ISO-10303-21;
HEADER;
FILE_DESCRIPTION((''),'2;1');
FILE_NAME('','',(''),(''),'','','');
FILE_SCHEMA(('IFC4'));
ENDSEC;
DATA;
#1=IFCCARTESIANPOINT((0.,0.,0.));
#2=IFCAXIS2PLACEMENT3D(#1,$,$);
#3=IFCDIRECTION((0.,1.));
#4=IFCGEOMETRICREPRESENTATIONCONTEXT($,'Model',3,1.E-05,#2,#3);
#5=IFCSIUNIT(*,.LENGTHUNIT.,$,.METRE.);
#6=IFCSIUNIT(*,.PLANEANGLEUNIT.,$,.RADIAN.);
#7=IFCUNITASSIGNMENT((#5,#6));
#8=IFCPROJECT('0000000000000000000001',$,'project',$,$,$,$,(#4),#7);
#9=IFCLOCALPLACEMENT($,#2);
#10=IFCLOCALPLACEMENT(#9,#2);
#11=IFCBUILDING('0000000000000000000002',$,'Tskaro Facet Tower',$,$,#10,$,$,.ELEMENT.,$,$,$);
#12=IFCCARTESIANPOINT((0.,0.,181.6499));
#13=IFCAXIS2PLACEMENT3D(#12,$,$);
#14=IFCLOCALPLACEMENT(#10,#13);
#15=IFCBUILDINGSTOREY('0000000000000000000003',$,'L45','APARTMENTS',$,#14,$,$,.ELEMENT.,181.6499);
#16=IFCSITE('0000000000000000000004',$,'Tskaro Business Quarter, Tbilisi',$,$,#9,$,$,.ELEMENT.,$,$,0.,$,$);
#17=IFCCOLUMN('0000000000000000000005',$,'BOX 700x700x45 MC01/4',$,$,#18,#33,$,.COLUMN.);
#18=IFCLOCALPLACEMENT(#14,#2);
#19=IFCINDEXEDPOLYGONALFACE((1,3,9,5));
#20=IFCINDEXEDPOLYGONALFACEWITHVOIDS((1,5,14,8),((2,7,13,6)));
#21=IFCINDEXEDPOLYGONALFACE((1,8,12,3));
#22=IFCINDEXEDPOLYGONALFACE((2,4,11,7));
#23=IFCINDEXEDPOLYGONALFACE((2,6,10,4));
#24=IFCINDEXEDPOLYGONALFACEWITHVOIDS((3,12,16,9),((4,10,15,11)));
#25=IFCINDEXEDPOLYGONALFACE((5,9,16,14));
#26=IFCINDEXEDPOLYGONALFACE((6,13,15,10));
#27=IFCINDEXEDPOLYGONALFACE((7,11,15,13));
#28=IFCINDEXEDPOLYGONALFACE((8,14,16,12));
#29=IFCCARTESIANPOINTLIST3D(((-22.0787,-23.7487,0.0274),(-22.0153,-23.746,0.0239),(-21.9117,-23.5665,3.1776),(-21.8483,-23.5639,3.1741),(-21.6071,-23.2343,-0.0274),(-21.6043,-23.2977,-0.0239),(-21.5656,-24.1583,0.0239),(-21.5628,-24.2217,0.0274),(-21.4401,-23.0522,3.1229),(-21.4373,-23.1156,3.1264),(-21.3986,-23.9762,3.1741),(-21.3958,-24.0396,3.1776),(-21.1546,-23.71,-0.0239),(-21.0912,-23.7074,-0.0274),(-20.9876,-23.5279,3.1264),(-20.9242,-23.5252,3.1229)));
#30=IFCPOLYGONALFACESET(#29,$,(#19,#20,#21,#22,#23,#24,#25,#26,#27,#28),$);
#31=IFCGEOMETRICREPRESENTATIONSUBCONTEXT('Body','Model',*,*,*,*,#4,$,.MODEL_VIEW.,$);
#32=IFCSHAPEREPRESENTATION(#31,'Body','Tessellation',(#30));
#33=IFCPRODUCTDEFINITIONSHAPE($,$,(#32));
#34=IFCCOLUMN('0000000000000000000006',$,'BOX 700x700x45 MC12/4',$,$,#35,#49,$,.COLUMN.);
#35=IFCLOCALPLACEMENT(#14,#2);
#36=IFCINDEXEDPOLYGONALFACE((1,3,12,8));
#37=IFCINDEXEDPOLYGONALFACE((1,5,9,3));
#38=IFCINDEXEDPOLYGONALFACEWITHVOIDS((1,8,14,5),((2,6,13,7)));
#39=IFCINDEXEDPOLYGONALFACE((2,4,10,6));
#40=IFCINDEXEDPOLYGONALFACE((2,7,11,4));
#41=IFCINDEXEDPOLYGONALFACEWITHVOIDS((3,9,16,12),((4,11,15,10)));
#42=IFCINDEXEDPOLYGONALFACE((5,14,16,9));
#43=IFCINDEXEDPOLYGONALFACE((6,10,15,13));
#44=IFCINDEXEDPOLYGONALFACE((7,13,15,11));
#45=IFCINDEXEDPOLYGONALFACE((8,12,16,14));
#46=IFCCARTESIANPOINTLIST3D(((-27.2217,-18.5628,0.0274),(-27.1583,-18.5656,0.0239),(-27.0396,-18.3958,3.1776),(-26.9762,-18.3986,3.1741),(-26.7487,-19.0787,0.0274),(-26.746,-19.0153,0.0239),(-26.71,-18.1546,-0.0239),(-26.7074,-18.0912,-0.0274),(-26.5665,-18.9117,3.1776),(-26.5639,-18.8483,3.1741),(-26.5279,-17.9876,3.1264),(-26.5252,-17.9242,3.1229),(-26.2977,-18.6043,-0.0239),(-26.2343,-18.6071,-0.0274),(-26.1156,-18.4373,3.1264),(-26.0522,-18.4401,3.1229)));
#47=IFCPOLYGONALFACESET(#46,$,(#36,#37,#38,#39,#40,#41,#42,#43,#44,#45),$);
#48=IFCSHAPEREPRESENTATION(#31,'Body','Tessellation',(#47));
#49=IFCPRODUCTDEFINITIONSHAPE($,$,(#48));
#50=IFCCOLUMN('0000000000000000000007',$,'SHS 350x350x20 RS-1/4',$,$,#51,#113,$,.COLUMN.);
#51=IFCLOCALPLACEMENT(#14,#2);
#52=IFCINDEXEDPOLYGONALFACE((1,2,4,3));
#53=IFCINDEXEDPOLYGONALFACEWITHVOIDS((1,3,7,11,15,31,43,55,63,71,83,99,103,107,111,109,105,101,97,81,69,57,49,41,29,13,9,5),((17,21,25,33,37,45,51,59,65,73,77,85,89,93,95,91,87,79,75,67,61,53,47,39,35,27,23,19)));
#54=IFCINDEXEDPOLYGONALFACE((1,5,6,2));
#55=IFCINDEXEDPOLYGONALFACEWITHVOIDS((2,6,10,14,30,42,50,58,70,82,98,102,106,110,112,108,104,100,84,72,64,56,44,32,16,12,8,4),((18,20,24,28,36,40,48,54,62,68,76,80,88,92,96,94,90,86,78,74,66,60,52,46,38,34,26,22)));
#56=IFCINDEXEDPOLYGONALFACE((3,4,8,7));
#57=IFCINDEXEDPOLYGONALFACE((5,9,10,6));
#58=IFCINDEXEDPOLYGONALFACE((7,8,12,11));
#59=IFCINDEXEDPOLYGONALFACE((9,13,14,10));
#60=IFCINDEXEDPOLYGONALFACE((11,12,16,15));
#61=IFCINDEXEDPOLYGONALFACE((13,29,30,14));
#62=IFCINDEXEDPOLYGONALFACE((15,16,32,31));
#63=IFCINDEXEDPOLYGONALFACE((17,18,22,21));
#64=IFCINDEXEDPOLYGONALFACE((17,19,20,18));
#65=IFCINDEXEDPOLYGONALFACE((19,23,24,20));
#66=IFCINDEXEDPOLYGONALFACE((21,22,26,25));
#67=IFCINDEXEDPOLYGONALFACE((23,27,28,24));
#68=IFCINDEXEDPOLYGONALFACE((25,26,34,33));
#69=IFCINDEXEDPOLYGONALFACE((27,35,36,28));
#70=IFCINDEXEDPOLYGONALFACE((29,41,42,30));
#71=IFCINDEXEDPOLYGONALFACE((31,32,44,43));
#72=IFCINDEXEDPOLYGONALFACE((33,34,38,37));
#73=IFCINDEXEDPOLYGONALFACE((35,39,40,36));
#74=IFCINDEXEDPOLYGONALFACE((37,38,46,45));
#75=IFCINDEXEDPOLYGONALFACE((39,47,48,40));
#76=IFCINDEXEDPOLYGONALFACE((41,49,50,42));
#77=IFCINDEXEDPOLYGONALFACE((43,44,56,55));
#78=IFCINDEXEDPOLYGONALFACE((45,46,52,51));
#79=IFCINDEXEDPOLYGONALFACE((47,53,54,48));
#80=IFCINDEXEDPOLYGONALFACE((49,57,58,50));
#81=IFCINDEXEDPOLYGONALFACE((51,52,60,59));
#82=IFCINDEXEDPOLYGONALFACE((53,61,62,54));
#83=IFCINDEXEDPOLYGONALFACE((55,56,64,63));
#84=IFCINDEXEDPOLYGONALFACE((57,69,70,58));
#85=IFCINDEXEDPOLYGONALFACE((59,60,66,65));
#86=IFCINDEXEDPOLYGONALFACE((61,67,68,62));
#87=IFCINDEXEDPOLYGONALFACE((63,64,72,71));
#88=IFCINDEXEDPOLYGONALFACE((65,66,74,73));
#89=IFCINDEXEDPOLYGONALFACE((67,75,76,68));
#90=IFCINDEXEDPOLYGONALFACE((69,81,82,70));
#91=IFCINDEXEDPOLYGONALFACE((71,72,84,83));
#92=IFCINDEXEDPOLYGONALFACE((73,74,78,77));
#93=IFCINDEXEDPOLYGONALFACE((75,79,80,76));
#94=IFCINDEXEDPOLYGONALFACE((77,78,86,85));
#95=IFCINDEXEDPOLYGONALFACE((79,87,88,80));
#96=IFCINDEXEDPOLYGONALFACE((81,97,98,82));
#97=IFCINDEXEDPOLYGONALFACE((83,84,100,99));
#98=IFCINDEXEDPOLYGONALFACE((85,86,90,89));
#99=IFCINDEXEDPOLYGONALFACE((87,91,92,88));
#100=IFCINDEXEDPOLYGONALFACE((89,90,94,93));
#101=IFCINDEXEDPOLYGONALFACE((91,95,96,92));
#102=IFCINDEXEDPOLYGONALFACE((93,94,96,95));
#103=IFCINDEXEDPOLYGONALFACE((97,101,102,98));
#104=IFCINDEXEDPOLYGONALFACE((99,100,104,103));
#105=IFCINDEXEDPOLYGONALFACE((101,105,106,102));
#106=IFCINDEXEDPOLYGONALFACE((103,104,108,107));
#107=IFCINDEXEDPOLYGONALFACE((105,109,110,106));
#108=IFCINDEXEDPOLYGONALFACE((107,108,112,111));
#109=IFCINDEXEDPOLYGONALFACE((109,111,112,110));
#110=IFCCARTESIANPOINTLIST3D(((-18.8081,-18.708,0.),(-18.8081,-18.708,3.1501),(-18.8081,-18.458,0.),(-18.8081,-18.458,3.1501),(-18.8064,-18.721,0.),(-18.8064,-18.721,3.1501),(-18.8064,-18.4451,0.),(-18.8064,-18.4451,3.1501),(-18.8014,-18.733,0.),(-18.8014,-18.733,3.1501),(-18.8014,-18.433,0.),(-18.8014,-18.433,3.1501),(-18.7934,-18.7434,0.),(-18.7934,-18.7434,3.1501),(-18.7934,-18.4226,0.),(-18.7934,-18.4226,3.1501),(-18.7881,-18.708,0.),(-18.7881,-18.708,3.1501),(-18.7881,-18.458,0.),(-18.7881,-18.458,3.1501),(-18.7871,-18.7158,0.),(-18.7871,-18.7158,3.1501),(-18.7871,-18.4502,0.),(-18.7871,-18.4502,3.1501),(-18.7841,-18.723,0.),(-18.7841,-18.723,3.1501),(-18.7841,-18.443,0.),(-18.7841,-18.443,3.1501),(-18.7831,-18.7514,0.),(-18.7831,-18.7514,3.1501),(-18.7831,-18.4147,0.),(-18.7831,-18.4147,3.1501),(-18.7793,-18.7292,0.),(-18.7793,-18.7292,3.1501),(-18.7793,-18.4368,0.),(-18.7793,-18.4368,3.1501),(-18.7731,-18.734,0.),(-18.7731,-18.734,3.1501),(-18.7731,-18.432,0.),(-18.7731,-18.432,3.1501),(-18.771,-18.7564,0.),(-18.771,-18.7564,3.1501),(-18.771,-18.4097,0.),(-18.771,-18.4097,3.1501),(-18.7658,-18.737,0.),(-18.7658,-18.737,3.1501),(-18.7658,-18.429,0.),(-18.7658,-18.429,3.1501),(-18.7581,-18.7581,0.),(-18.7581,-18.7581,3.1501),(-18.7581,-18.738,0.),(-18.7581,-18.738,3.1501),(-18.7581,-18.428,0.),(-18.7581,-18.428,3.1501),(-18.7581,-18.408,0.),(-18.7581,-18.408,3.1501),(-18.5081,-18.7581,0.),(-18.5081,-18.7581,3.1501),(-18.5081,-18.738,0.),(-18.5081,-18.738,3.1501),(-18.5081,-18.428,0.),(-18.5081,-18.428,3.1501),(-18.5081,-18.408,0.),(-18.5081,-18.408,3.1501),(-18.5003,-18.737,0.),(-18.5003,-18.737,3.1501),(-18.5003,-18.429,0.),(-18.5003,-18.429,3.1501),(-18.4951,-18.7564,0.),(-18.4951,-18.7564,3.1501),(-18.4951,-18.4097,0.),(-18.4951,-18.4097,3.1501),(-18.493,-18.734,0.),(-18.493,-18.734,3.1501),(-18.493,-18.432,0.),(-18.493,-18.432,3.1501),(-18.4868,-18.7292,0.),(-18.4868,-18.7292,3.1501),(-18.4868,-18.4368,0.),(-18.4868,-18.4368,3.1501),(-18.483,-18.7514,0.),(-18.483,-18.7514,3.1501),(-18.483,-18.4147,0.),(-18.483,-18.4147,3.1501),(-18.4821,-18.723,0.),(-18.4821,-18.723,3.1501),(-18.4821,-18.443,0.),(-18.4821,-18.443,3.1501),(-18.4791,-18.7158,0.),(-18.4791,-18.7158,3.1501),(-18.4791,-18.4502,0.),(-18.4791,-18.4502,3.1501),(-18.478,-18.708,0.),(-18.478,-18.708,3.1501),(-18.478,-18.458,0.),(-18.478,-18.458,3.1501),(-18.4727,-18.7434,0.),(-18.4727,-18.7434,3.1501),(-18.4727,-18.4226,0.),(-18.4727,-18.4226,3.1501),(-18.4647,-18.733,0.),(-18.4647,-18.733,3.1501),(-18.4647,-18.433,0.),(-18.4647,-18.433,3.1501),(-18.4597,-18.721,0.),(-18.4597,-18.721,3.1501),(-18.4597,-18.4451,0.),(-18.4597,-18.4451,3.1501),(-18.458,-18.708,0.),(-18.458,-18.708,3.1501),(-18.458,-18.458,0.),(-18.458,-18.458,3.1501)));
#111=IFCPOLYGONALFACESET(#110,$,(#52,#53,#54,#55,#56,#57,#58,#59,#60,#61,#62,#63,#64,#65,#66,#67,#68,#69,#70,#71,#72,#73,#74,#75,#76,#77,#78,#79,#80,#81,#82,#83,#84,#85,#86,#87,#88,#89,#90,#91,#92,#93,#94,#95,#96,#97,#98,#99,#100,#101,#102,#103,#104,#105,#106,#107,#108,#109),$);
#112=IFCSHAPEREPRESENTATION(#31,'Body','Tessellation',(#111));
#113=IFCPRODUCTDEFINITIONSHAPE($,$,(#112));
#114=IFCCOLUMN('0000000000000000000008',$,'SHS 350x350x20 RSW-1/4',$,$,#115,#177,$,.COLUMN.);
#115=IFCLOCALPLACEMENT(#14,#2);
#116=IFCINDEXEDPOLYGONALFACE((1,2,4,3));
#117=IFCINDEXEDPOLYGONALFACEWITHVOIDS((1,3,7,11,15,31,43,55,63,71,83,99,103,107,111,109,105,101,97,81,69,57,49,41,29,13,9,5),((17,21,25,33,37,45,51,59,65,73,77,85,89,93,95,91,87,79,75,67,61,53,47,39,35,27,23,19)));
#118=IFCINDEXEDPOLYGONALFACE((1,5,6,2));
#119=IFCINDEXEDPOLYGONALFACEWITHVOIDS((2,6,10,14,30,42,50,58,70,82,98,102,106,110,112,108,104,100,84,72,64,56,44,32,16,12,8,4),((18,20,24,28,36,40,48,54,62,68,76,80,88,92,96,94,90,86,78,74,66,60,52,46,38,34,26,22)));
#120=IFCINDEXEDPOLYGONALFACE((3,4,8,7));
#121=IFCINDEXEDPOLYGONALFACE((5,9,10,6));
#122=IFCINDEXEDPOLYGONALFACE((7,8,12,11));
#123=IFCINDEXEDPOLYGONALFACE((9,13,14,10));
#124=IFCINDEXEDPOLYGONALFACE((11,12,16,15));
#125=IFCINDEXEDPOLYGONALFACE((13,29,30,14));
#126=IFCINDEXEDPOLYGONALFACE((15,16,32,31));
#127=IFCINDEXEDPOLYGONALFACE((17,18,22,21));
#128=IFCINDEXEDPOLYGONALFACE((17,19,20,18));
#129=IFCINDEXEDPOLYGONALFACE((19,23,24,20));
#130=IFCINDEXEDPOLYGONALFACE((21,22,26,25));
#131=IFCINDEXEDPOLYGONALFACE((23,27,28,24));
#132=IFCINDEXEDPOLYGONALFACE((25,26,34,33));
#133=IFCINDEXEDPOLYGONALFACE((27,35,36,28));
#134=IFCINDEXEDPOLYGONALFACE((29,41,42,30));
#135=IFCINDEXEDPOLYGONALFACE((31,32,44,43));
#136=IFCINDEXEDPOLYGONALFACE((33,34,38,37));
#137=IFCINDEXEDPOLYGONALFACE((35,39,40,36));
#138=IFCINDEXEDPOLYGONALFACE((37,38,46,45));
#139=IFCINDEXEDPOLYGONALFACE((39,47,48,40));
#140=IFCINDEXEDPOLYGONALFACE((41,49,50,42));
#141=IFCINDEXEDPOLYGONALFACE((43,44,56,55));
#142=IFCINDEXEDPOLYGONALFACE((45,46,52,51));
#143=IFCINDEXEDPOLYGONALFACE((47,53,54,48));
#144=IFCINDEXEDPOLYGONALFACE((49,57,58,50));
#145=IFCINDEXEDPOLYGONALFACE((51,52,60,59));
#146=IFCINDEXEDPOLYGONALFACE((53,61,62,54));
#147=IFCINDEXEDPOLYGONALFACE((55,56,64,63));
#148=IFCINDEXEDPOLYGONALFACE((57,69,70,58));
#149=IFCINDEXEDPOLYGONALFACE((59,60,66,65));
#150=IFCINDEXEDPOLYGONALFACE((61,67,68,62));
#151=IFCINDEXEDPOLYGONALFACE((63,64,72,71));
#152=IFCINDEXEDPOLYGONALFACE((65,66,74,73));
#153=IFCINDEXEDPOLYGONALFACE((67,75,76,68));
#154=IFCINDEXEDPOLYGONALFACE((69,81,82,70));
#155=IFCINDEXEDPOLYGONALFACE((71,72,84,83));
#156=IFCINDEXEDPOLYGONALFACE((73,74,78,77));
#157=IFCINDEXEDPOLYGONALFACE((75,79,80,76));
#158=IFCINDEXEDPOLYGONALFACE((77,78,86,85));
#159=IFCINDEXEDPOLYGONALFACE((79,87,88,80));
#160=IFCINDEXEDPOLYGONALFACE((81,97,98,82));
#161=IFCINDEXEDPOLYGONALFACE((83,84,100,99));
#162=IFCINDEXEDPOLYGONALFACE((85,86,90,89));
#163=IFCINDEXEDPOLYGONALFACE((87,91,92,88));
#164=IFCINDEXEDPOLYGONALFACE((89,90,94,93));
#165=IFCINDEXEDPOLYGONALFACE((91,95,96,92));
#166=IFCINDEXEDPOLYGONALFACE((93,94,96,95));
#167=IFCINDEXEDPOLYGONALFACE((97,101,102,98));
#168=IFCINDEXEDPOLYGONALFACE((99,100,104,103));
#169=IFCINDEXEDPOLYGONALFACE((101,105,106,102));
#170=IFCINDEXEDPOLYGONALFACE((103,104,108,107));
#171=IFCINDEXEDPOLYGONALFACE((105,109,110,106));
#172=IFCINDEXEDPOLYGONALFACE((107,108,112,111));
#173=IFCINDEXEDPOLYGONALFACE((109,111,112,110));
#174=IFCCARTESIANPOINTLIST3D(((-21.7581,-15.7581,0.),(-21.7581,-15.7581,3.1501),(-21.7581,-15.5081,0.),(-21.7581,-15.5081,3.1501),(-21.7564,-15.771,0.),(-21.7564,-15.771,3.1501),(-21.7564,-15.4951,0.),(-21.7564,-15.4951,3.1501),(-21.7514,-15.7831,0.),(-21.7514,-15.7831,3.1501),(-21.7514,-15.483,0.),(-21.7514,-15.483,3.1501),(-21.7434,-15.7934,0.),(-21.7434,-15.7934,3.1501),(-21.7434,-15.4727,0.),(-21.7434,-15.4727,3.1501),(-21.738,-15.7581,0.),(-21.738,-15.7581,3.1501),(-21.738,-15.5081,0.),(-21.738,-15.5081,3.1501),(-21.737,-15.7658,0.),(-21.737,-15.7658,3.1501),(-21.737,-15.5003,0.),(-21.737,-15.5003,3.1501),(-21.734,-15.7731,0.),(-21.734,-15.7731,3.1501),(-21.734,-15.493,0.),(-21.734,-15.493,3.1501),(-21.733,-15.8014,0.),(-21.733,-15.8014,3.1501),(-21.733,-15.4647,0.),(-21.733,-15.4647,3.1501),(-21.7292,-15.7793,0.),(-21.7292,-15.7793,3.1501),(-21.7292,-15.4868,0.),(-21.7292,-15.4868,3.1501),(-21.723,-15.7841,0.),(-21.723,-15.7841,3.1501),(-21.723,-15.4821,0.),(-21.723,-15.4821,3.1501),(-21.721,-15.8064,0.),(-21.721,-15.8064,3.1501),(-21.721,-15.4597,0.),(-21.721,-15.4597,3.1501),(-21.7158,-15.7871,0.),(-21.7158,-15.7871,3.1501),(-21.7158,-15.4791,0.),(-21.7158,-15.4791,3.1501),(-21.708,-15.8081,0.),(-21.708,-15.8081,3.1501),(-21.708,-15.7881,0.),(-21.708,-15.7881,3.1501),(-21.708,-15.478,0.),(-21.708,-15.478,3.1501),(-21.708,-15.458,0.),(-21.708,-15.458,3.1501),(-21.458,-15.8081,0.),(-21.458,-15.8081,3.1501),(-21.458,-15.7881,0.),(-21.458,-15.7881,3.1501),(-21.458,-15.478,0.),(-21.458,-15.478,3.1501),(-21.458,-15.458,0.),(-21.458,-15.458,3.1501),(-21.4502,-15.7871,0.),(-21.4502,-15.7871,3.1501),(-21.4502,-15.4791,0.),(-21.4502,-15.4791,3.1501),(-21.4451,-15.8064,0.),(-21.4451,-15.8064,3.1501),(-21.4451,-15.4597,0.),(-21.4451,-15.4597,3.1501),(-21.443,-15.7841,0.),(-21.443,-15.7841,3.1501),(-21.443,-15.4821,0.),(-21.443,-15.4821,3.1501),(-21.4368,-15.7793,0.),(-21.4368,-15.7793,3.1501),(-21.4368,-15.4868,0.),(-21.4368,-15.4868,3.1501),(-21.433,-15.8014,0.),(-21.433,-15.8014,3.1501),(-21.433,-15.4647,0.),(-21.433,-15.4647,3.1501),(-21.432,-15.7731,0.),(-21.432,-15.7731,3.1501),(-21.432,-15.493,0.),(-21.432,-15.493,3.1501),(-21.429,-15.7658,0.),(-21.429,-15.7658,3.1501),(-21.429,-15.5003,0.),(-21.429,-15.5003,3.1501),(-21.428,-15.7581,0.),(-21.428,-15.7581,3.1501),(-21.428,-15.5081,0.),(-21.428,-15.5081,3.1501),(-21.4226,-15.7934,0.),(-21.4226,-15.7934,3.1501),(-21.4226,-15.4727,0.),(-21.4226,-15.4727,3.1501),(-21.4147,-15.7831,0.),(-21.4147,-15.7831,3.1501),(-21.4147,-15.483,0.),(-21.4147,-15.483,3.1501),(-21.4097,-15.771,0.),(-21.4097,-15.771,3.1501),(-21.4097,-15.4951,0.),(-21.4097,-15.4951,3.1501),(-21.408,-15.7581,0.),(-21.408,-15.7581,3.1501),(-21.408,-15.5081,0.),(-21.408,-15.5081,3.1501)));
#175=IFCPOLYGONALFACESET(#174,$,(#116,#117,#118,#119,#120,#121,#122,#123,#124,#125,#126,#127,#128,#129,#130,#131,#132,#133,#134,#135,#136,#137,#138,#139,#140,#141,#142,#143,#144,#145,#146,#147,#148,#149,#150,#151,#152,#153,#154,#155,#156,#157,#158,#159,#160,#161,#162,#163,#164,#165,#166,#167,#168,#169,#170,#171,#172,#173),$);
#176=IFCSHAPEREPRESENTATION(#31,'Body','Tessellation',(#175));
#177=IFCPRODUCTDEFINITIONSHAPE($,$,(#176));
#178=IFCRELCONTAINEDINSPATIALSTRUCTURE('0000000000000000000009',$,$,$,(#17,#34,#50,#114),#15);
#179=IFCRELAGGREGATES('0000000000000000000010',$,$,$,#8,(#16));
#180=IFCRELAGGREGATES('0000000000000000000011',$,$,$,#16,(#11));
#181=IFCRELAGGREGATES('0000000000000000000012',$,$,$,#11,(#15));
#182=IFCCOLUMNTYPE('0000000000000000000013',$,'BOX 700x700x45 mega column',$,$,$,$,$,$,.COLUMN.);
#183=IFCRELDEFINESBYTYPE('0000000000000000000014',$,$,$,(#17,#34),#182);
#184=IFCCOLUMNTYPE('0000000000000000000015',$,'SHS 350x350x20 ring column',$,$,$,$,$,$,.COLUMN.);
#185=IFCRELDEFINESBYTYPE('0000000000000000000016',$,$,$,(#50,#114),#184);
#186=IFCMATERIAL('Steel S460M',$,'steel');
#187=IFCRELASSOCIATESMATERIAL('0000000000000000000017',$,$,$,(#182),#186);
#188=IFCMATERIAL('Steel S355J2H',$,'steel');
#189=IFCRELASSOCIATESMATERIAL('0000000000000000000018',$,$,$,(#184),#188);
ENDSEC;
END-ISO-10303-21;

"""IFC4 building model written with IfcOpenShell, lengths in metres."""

from ifc_helpers import new_model, si_unit, direction, frame, origin, origin_2d, place, context, subcontext, project, spatial, hollow_rectangle, extrude, material, material_profile, profile_set, type_object, element, save


model = new_model("IFC4")

# Units and contexts
model_context = context("Model", 3, precision=1e-05, world=origin(), true_north=direction((0.0, 1.0)))
body_context = subcontext(model_context, "Body", "Model", "MODEL_VIEW")
ifc_project = project(units=[si_unit("LENGTHUNIT", "METRE"), si_unit("PLANEANGLEUNIT", "RADIAN")], contexts=[model_context])

# Site, building, storey
site_placement = place(None, origin())
site = spatial("IfcSite", under=ifc_project, at=site_placement, Name="Tskaro Business Quarter, Tbilisi", CompositionType="ELEMENT", RefElevation=0.0)
building_placement = place(site_placement, origin())
building = spatial("IfcBuilding", under=site, at=building_placement, Name="Tskaro Facet Tower", CompositionType="ELEMENT")
storey_placement = place(building_placement, frame((0.0, 0.0, 181.6499)))
storey = spatial("IfcBuildingStorey", under=building, at=storey_placement, Name="L45", Description="APARTMENTS", CompositionType="ELEMENT", Elevation=181.6499)

# Columns
ifc_material_1 = material(Name="Steel S460M", Category="steel")
ifc_material_profile_1 = material_profile(ifc_material_1, hollow_rectangle(XDim=0.7, YDim=0.7, WallThickness=0.0449, at=origin_2d()), Name="BOX 700x700x45")
ifc_profile_set_1 = profile_set([ifc_material_profile_1], Name="Steel S460M")
column_type_1 = type_object("IfcColumnType", Name="BOX 700x700x45 mega column", PredefinedType="COLUMN", material=ifc_profile_set_1)
for number, where, z_axis, x_axis, name in (
    (1, (-21.585, -23.728, 0.0), (0.052849, 0.057639, 0.996938), (-0.737072, 0.675814, 0.0), "BOX 700x700x45 MC01/4"),
    (2, (-26.728, -18.585, 0.0), (0.057639, 0.052849, 0.996938), (-0.675814, 0.737072, 0.0), "BOX 700x700x45 MC12/4"),
):
    element("IfcColumn", number, at=place(storey_placement, frame(where, z_axis=z_axis, x_axis=x_axis)), inside=storey, type_object=column_type_1, Name=name, PredefinedType="COLUMN", context=body_context, shape_type="SweptSolid", body=[
        extrude(hollow_rectangle(XDim=0.7, YDim=0.7, WallThickness=0.0449, at=origin_2d()), origin(), (0.0, 0.0, 1.0), 3.1599),
    ])
ifc_material_2 = material(Name="Steel S355J2H", Category="steel")
ifc_material_profile_2 = material_profile(ifc_material_2, hollow_rectangle(XDim=0.3501, YDim=0.3501, WallThickness=0.02, InnerFilletRadius=0.03, OuterFilletRadius=0.05, at=origin_2d()), Name="SHS 350x350x20")
ifc_profile_set_2 = profile_set([ifc_material_profile_2], Name="Steel S355J2H")
column_type_2 = type_object("IfcColumnType", Name="SHS 350x350x20 ring column", PredefinedType="COLUMN", material=ifc_profile_set_2)
for number, where, z_axis, x_axis, name in (
    (3, (-18.6331, -18.583, 0.0), (0.0, 0.0, 1.0), (1.0, 0.0, 0.0), "SHS 350x350x20 RS-1/4"),
    (4, (-21.583, -15.6331, 0.0), (0.0, 0.0, 1.0), (1.0, 0.0, 0.0), "SHS 350x350x20 RSW-1/4"),
):
    element("IfcColumn", number, at=place(storey_placement, frame(where, z_axis=z_axis, x_axis=x_axis)), inside=storey, type_object=column_type_2, Name=name, PredefinedType="COLUMN", context=body_context, shape_type="SweptSolid", body=[
        extrude(hollow_rectangle(XDim=0.3501, YDim=0.3501, WallThickness=0.02, InnerFilletRadius=0.03, OuterFilletRadius=0.05, at=origin_2d()), origin(), (0.0, 0.0, 1.0), 3.1501),
    ])

save(model, "model.ifc")
